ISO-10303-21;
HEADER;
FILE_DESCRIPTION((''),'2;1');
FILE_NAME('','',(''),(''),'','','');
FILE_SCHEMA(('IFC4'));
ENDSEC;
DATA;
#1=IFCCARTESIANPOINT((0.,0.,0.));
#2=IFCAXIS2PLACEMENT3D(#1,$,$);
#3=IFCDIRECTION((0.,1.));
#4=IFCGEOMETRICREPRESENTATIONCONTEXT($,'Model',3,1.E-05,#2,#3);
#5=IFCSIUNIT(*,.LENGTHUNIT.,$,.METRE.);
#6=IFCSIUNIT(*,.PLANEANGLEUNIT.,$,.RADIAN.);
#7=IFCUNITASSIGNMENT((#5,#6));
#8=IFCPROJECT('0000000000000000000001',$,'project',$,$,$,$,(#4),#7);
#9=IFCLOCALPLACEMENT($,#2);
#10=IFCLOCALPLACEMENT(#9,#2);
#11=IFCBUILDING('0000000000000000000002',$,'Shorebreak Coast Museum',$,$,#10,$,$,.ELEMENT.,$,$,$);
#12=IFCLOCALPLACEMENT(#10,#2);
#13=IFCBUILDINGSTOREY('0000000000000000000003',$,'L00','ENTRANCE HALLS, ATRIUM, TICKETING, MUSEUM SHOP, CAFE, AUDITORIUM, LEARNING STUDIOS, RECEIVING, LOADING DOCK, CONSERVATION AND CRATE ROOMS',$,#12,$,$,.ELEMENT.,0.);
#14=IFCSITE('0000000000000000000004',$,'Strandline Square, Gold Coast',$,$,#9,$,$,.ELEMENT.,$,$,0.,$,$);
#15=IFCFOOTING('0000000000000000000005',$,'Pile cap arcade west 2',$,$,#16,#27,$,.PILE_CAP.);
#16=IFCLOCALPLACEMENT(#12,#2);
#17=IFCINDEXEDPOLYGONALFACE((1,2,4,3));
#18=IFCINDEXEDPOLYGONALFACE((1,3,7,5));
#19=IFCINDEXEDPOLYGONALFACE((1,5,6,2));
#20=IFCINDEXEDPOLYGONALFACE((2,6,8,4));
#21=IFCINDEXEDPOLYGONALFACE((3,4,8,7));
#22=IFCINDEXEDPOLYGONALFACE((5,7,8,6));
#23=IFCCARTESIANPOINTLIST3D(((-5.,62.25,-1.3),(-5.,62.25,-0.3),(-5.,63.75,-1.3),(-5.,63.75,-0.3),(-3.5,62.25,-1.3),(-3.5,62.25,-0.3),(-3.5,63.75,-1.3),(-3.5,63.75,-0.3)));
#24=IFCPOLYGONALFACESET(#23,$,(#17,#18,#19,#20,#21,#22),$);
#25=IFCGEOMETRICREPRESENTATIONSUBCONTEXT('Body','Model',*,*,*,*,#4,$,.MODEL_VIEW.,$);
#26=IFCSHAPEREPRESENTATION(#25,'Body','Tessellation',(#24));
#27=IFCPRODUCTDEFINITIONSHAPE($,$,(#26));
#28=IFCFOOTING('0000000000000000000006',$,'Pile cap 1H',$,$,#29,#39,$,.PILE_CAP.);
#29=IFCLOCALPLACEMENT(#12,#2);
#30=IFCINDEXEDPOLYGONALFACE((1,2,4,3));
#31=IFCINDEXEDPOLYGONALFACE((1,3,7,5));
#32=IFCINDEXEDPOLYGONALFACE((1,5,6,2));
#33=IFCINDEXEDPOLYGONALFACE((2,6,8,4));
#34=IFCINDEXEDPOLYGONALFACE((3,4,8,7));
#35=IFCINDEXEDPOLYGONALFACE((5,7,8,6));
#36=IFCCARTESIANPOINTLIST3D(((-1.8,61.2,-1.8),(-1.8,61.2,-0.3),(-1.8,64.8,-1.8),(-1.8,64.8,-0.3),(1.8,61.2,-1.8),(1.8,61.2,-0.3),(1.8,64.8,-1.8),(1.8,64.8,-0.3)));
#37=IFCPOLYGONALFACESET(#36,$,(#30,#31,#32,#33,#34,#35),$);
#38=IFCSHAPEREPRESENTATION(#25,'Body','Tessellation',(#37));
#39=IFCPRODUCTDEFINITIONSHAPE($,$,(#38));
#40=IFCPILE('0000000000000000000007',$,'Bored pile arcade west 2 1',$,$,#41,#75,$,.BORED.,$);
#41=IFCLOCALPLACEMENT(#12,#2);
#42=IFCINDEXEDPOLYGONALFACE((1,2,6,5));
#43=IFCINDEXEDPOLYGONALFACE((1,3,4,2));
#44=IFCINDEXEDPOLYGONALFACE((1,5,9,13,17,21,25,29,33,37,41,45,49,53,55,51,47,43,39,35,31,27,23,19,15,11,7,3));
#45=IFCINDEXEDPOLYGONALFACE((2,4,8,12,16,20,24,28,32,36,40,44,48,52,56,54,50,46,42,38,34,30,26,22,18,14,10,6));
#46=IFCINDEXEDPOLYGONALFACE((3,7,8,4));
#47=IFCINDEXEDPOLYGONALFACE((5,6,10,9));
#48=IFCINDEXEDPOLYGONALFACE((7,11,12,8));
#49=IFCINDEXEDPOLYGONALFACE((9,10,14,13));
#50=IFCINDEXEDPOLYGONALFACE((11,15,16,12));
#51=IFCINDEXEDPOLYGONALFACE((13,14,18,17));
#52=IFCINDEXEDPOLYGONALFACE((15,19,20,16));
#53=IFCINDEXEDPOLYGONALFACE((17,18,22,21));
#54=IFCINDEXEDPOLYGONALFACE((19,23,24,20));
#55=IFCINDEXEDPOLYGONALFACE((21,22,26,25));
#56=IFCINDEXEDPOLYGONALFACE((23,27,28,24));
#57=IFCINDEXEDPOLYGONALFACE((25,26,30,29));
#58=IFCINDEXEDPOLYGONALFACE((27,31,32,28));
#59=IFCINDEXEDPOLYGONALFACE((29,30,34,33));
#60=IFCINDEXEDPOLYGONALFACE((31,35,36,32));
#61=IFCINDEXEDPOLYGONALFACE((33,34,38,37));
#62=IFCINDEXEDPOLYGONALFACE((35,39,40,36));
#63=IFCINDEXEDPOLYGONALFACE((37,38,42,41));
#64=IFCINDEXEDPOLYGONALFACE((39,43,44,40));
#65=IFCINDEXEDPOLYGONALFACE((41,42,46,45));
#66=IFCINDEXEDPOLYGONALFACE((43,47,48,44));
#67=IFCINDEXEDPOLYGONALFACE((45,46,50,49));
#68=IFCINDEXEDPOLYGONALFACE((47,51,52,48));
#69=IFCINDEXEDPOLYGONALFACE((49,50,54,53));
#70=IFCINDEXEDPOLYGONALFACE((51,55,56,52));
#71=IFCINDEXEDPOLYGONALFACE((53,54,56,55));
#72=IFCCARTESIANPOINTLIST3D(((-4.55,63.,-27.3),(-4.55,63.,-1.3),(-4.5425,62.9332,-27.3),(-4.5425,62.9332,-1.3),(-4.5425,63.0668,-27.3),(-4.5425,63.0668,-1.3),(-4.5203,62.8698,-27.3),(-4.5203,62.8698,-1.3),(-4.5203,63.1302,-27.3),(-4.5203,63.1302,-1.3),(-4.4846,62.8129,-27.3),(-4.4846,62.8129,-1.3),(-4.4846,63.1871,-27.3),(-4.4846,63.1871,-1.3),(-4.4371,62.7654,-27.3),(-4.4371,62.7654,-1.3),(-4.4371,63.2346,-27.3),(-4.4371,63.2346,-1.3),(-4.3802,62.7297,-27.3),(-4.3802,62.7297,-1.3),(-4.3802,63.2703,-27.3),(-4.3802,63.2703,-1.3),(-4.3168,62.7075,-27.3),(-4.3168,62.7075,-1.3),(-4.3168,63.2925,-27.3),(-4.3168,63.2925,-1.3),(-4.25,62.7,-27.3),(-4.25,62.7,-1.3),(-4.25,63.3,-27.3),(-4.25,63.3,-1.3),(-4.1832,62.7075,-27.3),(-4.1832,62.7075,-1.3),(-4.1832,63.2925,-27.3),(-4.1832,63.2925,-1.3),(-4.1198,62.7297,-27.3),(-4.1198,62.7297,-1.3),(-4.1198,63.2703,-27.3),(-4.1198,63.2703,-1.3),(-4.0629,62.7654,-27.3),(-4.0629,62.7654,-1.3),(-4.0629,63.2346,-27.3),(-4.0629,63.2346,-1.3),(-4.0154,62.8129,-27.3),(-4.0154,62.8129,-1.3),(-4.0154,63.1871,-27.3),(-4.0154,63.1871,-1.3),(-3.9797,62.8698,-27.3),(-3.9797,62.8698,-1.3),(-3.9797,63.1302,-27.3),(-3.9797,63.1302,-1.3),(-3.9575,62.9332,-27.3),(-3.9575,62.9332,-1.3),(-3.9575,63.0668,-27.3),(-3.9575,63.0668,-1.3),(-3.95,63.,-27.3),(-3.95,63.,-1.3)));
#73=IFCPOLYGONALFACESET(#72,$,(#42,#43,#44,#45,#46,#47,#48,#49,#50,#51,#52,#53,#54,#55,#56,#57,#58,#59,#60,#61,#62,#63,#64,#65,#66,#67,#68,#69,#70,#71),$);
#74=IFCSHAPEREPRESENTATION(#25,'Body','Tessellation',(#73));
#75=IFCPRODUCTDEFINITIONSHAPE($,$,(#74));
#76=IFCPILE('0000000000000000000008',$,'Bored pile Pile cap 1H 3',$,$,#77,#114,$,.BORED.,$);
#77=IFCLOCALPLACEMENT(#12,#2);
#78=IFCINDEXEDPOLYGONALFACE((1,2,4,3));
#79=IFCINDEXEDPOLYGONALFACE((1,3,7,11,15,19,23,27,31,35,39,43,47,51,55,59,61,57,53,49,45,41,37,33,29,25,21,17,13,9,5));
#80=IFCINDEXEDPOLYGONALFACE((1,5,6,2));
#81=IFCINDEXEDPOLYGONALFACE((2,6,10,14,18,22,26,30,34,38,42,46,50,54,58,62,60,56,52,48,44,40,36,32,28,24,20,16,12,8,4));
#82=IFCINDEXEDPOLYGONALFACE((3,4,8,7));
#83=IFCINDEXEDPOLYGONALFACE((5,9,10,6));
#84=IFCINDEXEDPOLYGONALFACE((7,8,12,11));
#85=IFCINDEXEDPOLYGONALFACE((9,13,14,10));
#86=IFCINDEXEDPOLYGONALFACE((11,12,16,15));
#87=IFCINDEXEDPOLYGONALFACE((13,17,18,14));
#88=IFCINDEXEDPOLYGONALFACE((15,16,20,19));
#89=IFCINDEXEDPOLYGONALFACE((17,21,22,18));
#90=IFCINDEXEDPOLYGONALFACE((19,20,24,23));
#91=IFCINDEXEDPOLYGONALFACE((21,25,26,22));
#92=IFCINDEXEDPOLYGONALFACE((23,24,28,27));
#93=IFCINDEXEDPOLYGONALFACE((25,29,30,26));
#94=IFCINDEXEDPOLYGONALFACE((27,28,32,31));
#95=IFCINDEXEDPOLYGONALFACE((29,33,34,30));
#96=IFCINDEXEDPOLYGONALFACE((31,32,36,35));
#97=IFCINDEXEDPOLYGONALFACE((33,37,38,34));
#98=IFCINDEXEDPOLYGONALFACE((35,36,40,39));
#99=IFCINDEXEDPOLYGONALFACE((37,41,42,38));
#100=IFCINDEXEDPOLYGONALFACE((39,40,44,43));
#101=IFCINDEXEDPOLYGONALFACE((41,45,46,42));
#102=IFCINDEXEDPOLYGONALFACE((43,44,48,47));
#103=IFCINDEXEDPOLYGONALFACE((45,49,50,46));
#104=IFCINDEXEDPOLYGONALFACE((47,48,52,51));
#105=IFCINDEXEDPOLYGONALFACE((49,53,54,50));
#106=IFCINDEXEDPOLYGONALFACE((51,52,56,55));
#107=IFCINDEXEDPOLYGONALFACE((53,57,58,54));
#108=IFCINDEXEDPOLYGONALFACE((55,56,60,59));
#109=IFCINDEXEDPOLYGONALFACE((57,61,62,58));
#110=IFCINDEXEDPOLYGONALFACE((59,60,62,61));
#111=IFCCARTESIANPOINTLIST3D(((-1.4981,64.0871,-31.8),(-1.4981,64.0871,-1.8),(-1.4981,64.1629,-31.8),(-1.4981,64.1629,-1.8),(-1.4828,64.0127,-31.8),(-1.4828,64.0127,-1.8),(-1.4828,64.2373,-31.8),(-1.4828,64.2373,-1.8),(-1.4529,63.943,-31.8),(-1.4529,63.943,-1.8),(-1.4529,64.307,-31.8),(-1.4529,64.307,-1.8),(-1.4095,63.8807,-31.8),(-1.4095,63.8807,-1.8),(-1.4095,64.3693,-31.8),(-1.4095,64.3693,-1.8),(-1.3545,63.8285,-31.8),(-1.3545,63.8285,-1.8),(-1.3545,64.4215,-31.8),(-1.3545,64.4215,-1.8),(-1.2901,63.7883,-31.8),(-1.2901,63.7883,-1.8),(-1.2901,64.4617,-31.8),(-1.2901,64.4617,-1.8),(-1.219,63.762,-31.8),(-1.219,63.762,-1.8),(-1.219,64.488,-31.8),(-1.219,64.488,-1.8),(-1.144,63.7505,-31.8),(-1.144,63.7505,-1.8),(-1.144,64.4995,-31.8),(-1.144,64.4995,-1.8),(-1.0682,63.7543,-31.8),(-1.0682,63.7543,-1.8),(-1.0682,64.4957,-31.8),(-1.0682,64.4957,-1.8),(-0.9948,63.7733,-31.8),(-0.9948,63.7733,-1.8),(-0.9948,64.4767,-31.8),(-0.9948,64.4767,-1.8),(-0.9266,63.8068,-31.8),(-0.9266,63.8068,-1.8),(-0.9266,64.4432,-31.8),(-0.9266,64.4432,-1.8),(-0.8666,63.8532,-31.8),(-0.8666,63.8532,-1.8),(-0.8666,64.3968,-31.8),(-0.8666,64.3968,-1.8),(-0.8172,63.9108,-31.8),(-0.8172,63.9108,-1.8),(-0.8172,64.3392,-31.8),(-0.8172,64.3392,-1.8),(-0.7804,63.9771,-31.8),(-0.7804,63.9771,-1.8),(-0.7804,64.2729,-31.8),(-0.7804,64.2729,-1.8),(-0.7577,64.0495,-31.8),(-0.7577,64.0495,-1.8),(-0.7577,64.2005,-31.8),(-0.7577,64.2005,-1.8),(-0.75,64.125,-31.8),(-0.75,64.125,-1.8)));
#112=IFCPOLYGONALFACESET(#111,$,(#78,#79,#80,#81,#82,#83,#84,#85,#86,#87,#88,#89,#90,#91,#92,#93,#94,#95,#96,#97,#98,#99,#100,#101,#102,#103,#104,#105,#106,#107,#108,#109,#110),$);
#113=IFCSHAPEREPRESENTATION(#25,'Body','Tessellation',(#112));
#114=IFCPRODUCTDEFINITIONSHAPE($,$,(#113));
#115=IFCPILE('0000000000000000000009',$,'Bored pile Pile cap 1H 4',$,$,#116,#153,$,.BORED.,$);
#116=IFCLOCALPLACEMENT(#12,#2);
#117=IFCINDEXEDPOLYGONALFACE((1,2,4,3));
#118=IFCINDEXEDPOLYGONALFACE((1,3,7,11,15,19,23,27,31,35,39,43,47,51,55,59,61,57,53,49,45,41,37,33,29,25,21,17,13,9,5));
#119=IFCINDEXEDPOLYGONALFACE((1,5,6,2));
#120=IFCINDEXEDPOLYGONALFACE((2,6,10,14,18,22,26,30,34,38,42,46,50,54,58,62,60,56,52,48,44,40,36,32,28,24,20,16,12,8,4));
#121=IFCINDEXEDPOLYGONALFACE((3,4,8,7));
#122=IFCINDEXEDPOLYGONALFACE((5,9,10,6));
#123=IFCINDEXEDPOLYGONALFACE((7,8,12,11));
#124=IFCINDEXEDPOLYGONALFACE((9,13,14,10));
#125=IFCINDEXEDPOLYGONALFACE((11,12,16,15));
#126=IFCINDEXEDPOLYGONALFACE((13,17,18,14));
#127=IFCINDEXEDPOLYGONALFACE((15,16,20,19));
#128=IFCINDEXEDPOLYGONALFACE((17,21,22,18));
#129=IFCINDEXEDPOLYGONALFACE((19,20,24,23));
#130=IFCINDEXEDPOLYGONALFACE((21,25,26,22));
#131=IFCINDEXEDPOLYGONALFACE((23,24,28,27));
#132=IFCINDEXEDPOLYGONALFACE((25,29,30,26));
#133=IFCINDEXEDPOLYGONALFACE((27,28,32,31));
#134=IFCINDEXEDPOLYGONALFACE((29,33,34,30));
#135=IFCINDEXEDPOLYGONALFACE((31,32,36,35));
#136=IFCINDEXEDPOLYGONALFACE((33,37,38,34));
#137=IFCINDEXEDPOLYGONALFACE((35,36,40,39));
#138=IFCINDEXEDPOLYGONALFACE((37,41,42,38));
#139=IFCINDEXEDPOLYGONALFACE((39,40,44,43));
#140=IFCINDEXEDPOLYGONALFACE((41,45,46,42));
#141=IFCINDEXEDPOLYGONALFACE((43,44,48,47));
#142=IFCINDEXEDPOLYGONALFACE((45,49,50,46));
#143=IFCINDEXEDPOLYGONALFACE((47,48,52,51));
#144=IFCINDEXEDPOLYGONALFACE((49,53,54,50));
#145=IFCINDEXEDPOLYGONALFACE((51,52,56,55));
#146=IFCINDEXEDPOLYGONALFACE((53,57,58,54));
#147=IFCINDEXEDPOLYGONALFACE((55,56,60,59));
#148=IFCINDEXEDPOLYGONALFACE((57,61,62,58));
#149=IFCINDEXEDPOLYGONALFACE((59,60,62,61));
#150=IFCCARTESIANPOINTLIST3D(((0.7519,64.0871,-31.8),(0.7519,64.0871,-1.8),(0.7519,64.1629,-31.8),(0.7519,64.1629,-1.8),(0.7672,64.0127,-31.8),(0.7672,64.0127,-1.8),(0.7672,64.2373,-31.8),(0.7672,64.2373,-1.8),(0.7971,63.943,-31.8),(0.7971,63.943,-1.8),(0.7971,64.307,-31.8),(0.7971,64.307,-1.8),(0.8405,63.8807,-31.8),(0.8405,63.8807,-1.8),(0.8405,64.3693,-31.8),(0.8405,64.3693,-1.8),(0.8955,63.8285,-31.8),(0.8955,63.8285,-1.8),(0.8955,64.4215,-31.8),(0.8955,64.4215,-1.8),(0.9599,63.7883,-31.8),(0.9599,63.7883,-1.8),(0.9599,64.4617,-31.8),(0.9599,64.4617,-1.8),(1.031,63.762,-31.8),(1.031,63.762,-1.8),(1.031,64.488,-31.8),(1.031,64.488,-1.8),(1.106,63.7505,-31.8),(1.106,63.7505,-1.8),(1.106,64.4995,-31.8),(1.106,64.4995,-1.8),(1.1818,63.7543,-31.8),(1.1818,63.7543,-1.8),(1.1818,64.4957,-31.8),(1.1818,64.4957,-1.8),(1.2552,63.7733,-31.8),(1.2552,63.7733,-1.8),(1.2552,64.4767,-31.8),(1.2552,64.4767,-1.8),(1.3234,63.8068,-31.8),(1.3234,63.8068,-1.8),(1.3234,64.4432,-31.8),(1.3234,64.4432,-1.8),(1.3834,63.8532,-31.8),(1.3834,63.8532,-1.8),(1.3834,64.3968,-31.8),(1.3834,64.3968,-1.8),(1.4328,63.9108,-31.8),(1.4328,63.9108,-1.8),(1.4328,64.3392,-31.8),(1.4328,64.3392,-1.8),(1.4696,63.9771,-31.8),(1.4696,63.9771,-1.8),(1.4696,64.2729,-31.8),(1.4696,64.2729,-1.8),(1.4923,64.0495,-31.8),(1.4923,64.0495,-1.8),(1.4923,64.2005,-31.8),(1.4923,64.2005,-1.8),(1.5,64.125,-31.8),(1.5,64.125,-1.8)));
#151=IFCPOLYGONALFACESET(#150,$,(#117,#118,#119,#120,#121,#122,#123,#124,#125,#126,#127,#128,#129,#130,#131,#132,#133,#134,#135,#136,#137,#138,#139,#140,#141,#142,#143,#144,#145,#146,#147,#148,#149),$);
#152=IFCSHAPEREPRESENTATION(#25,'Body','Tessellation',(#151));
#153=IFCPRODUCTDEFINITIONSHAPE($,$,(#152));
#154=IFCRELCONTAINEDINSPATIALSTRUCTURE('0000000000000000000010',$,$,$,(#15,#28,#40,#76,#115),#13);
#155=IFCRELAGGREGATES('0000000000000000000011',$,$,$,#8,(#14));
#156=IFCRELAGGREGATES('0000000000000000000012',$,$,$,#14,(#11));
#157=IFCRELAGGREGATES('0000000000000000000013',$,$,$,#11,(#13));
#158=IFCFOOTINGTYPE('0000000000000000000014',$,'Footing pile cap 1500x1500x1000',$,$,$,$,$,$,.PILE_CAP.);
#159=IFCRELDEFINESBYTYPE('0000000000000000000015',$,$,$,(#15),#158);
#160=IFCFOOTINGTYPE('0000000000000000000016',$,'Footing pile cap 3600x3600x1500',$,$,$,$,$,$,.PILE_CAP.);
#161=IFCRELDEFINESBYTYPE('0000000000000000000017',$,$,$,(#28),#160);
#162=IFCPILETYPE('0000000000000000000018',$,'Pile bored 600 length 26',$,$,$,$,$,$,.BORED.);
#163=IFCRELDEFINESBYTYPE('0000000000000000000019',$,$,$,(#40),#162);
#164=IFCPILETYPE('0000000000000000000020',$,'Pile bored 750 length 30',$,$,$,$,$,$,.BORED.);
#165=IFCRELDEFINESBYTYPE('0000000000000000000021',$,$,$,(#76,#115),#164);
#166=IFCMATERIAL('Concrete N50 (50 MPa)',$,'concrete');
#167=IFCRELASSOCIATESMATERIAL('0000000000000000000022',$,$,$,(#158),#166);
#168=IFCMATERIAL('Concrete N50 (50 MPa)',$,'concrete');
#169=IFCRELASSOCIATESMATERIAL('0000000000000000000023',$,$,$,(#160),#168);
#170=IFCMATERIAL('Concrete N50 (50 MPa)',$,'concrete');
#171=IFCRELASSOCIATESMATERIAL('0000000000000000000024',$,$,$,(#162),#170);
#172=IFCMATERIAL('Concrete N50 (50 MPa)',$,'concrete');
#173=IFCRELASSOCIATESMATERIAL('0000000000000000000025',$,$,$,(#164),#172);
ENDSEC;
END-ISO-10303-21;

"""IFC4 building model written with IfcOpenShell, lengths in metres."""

from ifc_helpers import new_model, si_unit, direction, frame, origin, origin_2d, place, context, subcontext, project, spatial, rectangle, circle, extrude, material, material_profile, profile_set, type_object, element, save


model = new_model("IFC4")

# Units and contexts
model_context = context("Model", 3, precision=1e-05, world=origin(), true_north=direction((0.0, 1.0)))
body_context = subcontext(model_context, "Body", "Model", "MODEL_VIEW")
ifc_project = project(units=[si_unit("LENGTHUNIT", "METRE"), si_unit("PLANEANGLEUNIT", "RADIAN")], contexts=[model_context])

# Site, building, storey
site_placement = place(None, origin())
site = spatial("IfcSite", under=ifc_project, at=site_placement, Name="Strandline Square, Gold Coast", CompositionType="ELEMENT", RefElevation=0.0)
building_placement = place(site_placement, origin())
building = spatial("IfcBuilding", under=site, at=building_placement, Name="Shorebreak Coast Museum", CompositionType="ELEMENT")
storey_placement = place(building_placement, origin())
storey = spatial("IfcBuildingStorey", under=building, at=storey_placement, Name="L00", Description="ENTRANCE HALLS, ATRIUM, TICKETING, MUSEUM SHOP, CAFE, AUDITORIUM, LEARNING STUDIOS, RECEIVING, LOADING DOCK, CONSERVATION AND CRATE ROOMS", CompositionType="ELEMENT", Elevation=0.0)

# Footings
ifc_material_1 = material(Name="Concrete N50 (50 MPa)", Category="concrete")
footing_type_1 = type_object("IfcFootingType", Name="Footing pile cap 1500x1500x1000", PredefinedType="PILE_CAP", material=ifc_material_1)
footing_1_placement = place(storey_placement, frame((-4.25, 63.0, -1.3), z_axis=(0.0, 0.0, 1.0), x_axis=(1.0, 0.0, 0.0)))
element("IfcFooting", 1, at=footing_1_placement, inside=storey, type_object=footing_type_1, Name="Pile cap arcade west 2", PredefinedType="PILE_CAP", context=body_context, shape_type="SweptSolid", body=[
    extrude(rectangle(XDim=1.5, YDim=1.5, at=origin_2d()), origin(), (0.0, 0.0, 1.0), 1.0),
])
ifc_material_2 = material(Name="Concrete N50 (50 MPa)", Category="concrete")
footing_type_2 = type_object("IfcFootingType", Name="Footing pile cap 3600x3600x1500", PredefinedType="PILE_CAP", material=ifc_material_2)
footing_2_placement = place(storey_placement, frame((0.0, 63.0, -1.8), z_axis=(0.0, 0.0, 1.0), x_axis=(1.0, 0.0, 0.0)))
element("IfcFooting", 2, at=footing_2_placement, inside=storey, type_object=footing_type_2, Name="Pile cap 1H", PredefinedType="PILE_CAP", context=body_context, shape_type="SweptSolid", body=[
    extrude(rectangle(XDim=3.6001, YDim=3.6001, at=origin_2d()), origin(), (0.0, 0.0, 1.0), 1.5),
])

# Piles
ifc_material_3 = material(Name="Concrete N50 (50 MPa)", Category="concrete")
ifc_material_profile_1 = material_profile(ifc_material_3, circle(Radius=0.3, at=origin_2d()), Name="Pile bored 600 length 26")
ifc_profile_set_1 = profile_set([ifc_material_profile_1], Name="Concrete N50 (50 MPa)")
pile_type_1 = type_object("IfcPileType", Name="Pile bored 600 length 26", PredefinedType="BORED", material=ifc_profile_set_1)
pile_placement = place(storey_placement, frame((-4.25, 63.0, -1.3), z_axis=(0.0, 0.0, -1.0), x_axis=(1.0, 0.0, 0.0)))
element("IfcPile", 3, at=pile_placement, inside=storey, type_object=pile_type_1, Name="Bored pile arcade west 2 1", PredefinedType="BORED", context=body_context, shape_type="SweptSolid", body=[
    extrude(circle(Radius=0.3, at=origin_2d()), origin(), (0.0, 0.0, 1.0), 26.0),
])
ifc_material_4 = material(Name="Concrete N50 (50 MPa)", Category="concrete")
ifc_material_profile_2 = material_profile(ifc_material_4, circle(Radius=0.375, at=origin_2d()), Name="Pile bored 750 length 30")
ifc_profile_set_2 = profile_set([ifc_material_profile_2], Name="Concrete N50 (50 MPa)")
pile_type_2 = type_object("IfcPileType", Name="Pile bored 750 length 30", PredefinedType="BORED", material=ifc_profile_set_2)
for number, where, z_axis, x_axis, name in (
    (4, (-1.125, 64.125, -1.8), (0.0, 0.0, -1.0), (1.0, 0.0, 0.0), "Bored pile Pile cap 1H 3"),
    (5, (1.125, 64.125, -1.8), (0.0, 0.0, -1.0), (1.0, 0.0, 0.0), "Bored pile Pile cap 1H 4"),
):
    element("IfcPile", number, at=place(storey_placement, frame(where, z_axis=z_axis, x_axis=x_axis)), inside=storey, type_object=pile_type_2, Name=name, PredefinedType="BORED", context=body_context, shape_type="SweptSolid", body=[
        extrude(circle(Radius=0.375, at=origin_2d()), origin(), (0.0, 0.0, 1.0), 30.0),
    ])

save(model, "model.ifc")
